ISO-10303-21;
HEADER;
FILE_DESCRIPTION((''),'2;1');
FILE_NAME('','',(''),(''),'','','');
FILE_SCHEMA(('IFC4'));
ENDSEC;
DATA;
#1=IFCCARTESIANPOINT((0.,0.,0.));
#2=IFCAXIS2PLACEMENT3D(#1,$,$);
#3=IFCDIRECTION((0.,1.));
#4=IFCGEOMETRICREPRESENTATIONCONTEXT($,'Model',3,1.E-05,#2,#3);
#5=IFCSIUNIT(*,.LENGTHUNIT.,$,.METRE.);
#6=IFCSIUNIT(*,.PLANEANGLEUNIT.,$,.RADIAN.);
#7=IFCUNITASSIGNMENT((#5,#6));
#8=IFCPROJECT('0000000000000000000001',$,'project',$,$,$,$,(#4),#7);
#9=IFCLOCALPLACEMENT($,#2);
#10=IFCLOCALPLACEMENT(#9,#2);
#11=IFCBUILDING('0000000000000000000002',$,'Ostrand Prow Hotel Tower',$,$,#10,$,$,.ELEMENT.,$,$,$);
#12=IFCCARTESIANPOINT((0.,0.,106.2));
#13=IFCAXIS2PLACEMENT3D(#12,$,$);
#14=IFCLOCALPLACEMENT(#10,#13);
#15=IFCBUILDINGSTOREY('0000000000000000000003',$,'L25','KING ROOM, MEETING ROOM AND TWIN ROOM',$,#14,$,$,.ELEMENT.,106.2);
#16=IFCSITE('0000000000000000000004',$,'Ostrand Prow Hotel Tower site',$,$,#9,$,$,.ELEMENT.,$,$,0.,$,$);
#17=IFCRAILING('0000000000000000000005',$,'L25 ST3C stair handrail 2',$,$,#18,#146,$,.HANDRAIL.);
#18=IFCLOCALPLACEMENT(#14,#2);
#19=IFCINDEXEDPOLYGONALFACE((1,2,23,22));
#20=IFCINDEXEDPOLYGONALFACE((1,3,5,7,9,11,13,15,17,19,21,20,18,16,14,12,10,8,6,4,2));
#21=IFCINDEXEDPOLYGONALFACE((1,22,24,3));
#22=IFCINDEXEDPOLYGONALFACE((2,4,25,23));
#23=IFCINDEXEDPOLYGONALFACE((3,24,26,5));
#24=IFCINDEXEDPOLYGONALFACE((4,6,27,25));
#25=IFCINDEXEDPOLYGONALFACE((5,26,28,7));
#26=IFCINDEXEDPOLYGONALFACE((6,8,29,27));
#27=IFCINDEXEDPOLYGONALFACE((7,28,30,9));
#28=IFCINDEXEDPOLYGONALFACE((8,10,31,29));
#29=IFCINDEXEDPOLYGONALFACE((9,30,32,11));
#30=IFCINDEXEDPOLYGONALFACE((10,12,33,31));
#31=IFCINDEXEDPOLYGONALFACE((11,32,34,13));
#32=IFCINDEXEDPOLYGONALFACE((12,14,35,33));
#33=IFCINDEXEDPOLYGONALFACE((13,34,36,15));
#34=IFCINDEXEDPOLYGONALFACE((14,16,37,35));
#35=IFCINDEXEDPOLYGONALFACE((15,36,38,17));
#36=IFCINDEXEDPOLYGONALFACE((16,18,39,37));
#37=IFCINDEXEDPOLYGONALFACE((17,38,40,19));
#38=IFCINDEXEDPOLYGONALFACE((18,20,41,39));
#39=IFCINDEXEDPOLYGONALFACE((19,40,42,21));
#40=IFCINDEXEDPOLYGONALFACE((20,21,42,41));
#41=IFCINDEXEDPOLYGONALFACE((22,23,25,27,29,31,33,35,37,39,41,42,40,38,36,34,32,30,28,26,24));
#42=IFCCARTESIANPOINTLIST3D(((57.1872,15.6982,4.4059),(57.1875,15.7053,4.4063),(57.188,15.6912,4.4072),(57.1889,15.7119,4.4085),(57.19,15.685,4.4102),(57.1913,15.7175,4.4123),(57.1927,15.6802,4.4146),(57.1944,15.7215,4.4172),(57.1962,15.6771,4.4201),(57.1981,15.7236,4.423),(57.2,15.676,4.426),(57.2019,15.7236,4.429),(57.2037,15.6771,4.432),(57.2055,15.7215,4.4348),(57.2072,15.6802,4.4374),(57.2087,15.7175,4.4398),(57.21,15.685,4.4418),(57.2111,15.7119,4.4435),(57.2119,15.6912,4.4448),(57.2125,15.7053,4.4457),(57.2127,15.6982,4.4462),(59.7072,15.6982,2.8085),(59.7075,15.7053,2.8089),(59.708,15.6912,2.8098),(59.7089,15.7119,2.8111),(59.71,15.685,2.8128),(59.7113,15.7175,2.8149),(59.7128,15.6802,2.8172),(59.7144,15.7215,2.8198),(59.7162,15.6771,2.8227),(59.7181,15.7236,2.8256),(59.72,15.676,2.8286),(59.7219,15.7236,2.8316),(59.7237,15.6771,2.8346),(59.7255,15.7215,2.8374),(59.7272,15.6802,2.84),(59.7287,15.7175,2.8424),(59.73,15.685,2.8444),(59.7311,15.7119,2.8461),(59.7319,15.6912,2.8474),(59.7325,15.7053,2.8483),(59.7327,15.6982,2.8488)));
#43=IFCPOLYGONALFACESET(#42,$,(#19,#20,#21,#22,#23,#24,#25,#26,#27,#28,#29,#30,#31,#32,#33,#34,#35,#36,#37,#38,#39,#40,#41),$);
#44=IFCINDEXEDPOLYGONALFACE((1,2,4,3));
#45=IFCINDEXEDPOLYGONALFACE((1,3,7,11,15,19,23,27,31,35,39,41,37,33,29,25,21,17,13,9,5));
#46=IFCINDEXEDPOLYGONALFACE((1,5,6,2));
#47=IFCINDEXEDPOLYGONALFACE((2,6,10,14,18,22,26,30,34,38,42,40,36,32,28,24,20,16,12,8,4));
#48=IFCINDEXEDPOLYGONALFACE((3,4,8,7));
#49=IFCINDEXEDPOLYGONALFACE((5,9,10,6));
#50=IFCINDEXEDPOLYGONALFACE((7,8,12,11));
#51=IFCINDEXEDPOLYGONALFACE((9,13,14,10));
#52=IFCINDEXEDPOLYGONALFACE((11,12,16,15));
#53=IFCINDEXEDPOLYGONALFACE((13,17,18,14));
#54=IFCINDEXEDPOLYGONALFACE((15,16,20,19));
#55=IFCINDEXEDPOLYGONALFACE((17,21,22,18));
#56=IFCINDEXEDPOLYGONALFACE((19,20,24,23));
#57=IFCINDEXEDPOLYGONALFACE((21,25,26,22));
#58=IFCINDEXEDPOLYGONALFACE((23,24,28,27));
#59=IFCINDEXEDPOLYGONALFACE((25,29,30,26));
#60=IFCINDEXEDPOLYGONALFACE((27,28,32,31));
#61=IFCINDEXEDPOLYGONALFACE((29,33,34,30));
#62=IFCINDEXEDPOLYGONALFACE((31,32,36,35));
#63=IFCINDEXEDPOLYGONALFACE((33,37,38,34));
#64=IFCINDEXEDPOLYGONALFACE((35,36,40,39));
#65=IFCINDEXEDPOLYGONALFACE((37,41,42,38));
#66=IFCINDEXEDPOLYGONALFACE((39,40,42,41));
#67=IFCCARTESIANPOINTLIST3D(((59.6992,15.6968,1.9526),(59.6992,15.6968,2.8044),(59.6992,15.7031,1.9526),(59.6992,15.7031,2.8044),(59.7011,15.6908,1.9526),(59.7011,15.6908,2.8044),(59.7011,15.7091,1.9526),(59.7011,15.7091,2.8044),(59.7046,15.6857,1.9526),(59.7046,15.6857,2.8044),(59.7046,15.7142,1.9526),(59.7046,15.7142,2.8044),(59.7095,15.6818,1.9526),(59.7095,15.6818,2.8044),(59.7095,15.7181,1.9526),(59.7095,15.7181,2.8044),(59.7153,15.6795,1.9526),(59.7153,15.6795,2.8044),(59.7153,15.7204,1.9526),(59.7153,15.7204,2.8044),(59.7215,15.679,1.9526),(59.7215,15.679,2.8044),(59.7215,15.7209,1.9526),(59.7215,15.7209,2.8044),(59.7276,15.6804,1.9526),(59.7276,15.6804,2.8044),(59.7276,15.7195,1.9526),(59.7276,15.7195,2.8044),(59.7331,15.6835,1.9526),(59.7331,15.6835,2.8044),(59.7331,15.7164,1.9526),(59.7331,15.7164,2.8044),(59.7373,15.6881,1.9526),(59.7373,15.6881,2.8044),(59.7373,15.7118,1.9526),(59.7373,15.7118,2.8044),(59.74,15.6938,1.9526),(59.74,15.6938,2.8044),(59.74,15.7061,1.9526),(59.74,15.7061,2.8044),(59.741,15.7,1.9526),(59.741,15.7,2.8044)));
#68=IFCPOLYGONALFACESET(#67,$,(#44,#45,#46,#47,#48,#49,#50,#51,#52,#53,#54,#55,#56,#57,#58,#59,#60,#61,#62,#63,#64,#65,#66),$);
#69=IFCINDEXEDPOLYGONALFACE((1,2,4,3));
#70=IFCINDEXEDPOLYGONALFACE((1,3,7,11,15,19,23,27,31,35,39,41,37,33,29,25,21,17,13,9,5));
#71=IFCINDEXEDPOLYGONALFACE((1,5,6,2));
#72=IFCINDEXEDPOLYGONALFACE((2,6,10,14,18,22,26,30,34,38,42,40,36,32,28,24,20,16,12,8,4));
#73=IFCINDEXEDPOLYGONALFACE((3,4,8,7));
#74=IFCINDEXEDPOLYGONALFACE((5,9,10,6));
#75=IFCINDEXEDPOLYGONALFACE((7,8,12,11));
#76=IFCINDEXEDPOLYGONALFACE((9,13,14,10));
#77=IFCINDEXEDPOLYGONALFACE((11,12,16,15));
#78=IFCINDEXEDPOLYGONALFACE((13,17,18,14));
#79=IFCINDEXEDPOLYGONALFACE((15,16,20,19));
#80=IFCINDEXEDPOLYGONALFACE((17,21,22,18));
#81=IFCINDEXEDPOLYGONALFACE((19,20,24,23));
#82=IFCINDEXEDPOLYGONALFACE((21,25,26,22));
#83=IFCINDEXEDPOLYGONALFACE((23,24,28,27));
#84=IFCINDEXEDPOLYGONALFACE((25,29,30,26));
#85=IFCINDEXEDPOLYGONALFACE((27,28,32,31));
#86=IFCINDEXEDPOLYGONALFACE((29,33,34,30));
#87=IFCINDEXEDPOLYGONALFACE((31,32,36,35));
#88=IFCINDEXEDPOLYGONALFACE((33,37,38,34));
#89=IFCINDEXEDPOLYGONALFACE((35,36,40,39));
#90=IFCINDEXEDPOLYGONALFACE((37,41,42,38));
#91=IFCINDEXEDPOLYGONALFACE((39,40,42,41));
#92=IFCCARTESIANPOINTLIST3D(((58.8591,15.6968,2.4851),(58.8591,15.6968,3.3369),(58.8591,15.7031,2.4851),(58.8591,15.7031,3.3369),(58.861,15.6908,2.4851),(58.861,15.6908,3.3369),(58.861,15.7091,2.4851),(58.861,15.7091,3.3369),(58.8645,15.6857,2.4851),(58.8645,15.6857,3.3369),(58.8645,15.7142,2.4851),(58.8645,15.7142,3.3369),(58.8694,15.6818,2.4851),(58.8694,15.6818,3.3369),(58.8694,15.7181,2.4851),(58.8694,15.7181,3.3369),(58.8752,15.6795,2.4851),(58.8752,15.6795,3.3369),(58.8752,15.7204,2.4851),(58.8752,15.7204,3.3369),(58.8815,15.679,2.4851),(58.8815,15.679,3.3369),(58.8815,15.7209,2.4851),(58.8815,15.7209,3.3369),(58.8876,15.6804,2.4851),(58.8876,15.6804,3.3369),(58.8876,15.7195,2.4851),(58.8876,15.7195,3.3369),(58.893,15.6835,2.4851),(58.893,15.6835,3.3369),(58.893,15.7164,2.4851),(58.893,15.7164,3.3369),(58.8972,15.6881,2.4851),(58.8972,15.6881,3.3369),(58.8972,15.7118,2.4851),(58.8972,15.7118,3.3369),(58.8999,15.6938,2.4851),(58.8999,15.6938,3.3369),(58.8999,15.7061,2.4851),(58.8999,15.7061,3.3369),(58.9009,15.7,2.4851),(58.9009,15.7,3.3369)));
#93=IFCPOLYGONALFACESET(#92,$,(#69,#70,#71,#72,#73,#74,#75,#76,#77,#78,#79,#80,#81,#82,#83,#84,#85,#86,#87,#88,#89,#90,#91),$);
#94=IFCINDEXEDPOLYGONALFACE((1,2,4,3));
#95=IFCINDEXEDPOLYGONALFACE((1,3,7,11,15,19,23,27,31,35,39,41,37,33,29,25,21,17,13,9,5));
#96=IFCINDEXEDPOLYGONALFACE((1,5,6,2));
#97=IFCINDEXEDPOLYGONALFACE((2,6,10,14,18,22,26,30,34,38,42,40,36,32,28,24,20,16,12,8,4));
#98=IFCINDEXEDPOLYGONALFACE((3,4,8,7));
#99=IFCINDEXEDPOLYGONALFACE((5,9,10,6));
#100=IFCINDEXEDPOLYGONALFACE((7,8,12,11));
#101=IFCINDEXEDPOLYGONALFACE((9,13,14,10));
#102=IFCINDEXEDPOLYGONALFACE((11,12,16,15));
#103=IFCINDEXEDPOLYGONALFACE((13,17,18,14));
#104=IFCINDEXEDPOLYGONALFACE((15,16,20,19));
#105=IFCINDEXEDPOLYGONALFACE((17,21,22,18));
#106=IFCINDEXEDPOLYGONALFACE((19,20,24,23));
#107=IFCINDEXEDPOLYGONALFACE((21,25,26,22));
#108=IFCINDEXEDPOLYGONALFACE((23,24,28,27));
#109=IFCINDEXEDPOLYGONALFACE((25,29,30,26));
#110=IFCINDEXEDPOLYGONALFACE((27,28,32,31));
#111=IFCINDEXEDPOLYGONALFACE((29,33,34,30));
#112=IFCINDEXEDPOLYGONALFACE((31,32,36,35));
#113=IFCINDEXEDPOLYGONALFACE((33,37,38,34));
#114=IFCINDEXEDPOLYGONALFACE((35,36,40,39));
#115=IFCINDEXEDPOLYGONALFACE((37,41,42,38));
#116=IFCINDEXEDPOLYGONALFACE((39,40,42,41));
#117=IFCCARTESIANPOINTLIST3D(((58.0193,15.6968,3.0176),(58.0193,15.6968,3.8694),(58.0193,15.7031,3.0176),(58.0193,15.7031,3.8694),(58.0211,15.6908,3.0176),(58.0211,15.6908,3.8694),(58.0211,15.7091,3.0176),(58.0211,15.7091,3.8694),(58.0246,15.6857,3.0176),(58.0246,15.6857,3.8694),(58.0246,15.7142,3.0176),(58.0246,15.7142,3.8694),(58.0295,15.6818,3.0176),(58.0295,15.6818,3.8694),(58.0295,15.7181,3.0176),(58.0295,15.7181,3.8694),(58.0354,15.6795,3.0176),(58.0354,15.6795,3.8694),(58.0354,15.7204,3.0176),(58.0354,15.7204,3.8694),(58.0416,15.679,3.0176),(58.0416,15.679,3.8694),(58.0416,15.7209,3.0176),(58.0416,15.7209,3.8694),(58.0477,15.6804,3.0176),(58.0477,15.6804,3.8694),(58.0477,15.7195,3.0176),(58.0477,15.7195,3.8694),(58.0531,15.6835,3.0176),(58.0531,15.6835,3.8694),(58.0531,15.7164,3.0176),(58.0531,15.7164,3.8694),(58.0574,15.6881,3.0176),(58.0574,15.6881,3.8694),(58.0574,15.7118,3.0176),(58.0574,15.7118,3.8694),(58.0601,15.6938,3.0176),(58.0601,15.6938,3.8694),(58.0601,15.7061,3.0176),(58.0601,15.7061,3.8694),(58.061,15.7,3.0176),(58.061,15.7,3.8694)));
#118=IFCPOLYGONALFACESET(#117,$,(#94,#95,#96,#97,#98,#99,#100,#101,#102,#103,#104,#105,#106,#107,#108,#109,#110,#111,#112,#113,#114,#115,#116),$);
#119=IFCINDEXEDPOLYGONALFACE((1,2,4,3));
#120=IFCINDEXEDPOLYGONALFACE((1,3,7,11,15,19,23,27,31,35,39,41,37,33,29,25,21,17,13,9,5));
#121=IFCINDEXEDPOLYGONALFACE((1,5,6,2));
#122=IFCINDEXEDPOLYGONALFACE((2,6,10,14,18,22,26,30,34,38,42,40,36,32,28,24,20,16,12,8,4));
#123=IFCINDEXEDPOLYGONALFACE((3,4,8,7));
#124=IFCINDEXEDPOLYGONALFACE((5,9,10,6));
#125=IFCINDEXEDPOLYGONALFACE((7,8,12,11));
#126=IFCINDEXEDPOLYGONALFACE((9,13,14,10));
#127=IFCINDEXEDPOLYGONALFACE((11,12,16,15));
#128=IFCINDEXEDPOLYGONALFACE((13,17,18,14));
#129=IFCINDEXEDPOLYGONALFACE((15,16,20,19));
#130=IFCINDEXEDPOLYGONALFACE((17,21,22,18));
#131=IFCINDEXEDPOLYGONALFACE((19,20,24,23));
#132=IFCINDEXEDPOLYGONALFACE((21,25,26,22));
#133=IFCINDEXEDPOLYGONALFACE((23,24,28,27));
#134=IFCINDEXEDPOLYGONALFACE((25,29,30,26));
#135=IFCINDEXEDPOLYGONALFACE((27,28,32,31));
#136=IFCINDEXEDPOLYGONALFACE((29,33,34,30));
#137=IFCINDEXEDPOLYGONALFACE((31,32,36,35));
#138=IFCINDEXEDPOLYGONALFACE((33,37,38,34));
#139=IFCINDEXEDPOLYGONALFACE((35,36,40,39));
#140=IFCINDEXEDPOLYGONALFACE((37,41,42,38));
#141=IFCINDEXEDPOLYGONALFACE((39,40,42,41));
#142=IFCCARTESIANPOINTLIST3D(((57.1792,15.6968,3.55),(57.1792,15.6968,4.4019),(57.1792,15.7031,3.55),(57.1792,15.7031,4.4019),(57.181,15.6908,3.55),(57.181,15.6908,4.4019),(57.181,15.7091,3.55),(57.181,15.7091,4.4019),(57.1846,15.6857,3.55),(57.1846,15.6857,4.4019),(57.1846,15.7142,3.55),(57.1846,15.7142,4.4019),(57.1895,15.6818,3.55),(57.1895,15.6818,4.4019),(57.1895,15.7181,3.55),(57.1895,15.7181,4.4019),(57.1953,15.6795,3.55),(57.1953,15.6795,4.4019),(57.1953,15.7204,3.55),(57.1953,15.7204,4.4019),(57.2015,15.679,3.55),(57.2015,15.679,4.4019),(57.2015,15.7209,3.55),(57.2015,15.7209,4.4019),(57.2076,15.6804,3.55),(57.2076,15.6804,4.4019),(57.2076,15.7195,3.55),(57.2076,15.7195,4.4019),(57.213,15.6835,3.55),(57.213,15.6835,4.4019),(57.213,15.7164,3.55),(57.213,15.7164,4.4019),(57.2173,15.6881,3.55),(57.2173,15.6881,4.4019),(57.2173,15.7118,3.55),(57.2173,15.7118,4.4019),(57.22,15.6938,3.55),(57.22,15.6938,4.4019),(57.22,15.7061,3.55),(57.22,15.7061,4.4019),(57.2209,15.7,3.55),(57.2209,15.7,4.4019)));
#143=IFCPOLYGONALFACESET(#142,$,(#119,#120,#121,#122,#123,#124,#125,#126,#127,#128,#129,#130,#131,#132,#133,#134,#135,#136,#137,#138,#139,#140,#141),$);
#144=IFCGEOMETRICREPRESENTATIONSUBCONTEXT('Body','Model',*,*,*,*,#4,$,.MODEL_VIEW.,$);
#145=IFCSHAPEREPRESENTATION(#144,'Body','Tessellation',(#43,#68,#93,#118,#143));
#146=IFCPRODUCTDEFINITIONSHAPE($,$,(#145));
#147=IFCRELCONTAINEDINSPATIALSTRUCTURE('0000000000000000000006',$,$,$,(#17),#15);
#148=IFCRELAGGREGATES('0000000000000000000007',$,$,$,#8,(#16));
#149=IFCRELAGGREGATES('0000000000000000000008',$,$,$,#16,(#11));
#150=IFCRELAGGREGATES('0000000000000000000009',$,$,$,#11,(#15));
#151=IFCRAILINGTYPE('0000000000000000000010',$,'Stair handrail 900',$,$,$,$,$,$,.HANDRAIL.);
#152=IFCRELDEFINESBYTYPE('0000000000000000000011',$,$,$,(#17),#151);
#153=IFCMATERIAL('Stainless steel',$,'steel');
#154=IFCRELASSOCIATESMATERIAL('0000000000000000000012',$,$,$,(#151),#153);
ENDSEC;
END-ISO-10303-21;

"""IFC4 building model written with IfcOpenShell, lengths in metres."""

from ifc_helpers import new_model, si_unit, direction, frame, origin, origin_2d, place, context, subcontext, project, spatial, circle, extrude, material, type_object, element, save


model = new_model("IFC4")

# Units and contexts
model_context = context("Model", 3, precision=1e-05, world=origin(), true_north=direction((0.0, 1.0)))
body_context = subcontext(model_context, "Body", "Model", "MODEL_VIEW")
ifc_project = project(units=[si_unit("LENGTHUNIT", "METRE"), si_unit("PLANEANGLEUNIT", "RADIAN")], contexts=[model_context])

# Site, building, storey
site_placement = place(None, origin())
site = spatial("IfcSite", under=ifc_project, at=site_placement, Name="Ostrand Prow Hotel Tower site", CompositionType="ELEMENT", RefElevation=0.0)
building_placement = place(site_placement, origin())
building = spatial("IfcBuilding", under=site, at=building_placement, Name="Ostrand Prow Hotel Tower", CompositionType="ELEMENT")
storey_placement = place(building_placement, frame((0.0, 0.0, 106.2)))
storey = spatial("IfcBuildingStorey", under=building, at=storey_placement, Name="L25", Description="KING ROOM, MEETING ROOM AND TWIN ROOM", CompositionType="ELEMENT", Elevation=106.2)

# Railing
ifc_material_1 = material(Name="Stainless steel", Category="steel")
railing_type_1 = type_object("IfcRailingType", Name="Stair handrail 900", PredefinedType="HANDRAIL", material=ifc_material_1)
railing_1_placement = place(storey_placement, frame((59.72, 15.7, 1.9526)))
element("IfcRailing", 1, at=railing_1_placement, inside=storey, type_object=railing_type_1, Name="L25 ST3C stair handrail 2", PredefinedType="HANDRAIL", context=body_context, shape_type="SweptSolid", body=[
    extrude(circle(Radius=0.0239, at=origin_2d()), frame((0.0, 0.0, 0.876), z_axis=(-0.844607, 0.0, 0.535387), x_axis=(0.0, -1.0, 0.0)), (0.0, 0.0, 1.0), 2.9836),
    extrude(circle(Radius=0.021, at=origin_2d()), origin(), (0.0, 0.0, 1.0), 0.8518),
    extrude(circle(Radius=0.021, at=origin_2d()), frame((-0.8401, 0.0, 0.5325)), (0.0, 0.0, 1.0), 0.8518),
    extrude(circle(Radius=0.021, at=origin_2d()), frame((-1.6799, 0.0, 1.0649)), (0.0, 0.0, 1.0), 0.8518),
    extrude(circle(Radius=0.021, at=origin_2d()), frame((-2.52, 0.0, 1.5974)), (0.0, 0.0, 1.0), 0.8518),
])

save(model, "model.ifc")
